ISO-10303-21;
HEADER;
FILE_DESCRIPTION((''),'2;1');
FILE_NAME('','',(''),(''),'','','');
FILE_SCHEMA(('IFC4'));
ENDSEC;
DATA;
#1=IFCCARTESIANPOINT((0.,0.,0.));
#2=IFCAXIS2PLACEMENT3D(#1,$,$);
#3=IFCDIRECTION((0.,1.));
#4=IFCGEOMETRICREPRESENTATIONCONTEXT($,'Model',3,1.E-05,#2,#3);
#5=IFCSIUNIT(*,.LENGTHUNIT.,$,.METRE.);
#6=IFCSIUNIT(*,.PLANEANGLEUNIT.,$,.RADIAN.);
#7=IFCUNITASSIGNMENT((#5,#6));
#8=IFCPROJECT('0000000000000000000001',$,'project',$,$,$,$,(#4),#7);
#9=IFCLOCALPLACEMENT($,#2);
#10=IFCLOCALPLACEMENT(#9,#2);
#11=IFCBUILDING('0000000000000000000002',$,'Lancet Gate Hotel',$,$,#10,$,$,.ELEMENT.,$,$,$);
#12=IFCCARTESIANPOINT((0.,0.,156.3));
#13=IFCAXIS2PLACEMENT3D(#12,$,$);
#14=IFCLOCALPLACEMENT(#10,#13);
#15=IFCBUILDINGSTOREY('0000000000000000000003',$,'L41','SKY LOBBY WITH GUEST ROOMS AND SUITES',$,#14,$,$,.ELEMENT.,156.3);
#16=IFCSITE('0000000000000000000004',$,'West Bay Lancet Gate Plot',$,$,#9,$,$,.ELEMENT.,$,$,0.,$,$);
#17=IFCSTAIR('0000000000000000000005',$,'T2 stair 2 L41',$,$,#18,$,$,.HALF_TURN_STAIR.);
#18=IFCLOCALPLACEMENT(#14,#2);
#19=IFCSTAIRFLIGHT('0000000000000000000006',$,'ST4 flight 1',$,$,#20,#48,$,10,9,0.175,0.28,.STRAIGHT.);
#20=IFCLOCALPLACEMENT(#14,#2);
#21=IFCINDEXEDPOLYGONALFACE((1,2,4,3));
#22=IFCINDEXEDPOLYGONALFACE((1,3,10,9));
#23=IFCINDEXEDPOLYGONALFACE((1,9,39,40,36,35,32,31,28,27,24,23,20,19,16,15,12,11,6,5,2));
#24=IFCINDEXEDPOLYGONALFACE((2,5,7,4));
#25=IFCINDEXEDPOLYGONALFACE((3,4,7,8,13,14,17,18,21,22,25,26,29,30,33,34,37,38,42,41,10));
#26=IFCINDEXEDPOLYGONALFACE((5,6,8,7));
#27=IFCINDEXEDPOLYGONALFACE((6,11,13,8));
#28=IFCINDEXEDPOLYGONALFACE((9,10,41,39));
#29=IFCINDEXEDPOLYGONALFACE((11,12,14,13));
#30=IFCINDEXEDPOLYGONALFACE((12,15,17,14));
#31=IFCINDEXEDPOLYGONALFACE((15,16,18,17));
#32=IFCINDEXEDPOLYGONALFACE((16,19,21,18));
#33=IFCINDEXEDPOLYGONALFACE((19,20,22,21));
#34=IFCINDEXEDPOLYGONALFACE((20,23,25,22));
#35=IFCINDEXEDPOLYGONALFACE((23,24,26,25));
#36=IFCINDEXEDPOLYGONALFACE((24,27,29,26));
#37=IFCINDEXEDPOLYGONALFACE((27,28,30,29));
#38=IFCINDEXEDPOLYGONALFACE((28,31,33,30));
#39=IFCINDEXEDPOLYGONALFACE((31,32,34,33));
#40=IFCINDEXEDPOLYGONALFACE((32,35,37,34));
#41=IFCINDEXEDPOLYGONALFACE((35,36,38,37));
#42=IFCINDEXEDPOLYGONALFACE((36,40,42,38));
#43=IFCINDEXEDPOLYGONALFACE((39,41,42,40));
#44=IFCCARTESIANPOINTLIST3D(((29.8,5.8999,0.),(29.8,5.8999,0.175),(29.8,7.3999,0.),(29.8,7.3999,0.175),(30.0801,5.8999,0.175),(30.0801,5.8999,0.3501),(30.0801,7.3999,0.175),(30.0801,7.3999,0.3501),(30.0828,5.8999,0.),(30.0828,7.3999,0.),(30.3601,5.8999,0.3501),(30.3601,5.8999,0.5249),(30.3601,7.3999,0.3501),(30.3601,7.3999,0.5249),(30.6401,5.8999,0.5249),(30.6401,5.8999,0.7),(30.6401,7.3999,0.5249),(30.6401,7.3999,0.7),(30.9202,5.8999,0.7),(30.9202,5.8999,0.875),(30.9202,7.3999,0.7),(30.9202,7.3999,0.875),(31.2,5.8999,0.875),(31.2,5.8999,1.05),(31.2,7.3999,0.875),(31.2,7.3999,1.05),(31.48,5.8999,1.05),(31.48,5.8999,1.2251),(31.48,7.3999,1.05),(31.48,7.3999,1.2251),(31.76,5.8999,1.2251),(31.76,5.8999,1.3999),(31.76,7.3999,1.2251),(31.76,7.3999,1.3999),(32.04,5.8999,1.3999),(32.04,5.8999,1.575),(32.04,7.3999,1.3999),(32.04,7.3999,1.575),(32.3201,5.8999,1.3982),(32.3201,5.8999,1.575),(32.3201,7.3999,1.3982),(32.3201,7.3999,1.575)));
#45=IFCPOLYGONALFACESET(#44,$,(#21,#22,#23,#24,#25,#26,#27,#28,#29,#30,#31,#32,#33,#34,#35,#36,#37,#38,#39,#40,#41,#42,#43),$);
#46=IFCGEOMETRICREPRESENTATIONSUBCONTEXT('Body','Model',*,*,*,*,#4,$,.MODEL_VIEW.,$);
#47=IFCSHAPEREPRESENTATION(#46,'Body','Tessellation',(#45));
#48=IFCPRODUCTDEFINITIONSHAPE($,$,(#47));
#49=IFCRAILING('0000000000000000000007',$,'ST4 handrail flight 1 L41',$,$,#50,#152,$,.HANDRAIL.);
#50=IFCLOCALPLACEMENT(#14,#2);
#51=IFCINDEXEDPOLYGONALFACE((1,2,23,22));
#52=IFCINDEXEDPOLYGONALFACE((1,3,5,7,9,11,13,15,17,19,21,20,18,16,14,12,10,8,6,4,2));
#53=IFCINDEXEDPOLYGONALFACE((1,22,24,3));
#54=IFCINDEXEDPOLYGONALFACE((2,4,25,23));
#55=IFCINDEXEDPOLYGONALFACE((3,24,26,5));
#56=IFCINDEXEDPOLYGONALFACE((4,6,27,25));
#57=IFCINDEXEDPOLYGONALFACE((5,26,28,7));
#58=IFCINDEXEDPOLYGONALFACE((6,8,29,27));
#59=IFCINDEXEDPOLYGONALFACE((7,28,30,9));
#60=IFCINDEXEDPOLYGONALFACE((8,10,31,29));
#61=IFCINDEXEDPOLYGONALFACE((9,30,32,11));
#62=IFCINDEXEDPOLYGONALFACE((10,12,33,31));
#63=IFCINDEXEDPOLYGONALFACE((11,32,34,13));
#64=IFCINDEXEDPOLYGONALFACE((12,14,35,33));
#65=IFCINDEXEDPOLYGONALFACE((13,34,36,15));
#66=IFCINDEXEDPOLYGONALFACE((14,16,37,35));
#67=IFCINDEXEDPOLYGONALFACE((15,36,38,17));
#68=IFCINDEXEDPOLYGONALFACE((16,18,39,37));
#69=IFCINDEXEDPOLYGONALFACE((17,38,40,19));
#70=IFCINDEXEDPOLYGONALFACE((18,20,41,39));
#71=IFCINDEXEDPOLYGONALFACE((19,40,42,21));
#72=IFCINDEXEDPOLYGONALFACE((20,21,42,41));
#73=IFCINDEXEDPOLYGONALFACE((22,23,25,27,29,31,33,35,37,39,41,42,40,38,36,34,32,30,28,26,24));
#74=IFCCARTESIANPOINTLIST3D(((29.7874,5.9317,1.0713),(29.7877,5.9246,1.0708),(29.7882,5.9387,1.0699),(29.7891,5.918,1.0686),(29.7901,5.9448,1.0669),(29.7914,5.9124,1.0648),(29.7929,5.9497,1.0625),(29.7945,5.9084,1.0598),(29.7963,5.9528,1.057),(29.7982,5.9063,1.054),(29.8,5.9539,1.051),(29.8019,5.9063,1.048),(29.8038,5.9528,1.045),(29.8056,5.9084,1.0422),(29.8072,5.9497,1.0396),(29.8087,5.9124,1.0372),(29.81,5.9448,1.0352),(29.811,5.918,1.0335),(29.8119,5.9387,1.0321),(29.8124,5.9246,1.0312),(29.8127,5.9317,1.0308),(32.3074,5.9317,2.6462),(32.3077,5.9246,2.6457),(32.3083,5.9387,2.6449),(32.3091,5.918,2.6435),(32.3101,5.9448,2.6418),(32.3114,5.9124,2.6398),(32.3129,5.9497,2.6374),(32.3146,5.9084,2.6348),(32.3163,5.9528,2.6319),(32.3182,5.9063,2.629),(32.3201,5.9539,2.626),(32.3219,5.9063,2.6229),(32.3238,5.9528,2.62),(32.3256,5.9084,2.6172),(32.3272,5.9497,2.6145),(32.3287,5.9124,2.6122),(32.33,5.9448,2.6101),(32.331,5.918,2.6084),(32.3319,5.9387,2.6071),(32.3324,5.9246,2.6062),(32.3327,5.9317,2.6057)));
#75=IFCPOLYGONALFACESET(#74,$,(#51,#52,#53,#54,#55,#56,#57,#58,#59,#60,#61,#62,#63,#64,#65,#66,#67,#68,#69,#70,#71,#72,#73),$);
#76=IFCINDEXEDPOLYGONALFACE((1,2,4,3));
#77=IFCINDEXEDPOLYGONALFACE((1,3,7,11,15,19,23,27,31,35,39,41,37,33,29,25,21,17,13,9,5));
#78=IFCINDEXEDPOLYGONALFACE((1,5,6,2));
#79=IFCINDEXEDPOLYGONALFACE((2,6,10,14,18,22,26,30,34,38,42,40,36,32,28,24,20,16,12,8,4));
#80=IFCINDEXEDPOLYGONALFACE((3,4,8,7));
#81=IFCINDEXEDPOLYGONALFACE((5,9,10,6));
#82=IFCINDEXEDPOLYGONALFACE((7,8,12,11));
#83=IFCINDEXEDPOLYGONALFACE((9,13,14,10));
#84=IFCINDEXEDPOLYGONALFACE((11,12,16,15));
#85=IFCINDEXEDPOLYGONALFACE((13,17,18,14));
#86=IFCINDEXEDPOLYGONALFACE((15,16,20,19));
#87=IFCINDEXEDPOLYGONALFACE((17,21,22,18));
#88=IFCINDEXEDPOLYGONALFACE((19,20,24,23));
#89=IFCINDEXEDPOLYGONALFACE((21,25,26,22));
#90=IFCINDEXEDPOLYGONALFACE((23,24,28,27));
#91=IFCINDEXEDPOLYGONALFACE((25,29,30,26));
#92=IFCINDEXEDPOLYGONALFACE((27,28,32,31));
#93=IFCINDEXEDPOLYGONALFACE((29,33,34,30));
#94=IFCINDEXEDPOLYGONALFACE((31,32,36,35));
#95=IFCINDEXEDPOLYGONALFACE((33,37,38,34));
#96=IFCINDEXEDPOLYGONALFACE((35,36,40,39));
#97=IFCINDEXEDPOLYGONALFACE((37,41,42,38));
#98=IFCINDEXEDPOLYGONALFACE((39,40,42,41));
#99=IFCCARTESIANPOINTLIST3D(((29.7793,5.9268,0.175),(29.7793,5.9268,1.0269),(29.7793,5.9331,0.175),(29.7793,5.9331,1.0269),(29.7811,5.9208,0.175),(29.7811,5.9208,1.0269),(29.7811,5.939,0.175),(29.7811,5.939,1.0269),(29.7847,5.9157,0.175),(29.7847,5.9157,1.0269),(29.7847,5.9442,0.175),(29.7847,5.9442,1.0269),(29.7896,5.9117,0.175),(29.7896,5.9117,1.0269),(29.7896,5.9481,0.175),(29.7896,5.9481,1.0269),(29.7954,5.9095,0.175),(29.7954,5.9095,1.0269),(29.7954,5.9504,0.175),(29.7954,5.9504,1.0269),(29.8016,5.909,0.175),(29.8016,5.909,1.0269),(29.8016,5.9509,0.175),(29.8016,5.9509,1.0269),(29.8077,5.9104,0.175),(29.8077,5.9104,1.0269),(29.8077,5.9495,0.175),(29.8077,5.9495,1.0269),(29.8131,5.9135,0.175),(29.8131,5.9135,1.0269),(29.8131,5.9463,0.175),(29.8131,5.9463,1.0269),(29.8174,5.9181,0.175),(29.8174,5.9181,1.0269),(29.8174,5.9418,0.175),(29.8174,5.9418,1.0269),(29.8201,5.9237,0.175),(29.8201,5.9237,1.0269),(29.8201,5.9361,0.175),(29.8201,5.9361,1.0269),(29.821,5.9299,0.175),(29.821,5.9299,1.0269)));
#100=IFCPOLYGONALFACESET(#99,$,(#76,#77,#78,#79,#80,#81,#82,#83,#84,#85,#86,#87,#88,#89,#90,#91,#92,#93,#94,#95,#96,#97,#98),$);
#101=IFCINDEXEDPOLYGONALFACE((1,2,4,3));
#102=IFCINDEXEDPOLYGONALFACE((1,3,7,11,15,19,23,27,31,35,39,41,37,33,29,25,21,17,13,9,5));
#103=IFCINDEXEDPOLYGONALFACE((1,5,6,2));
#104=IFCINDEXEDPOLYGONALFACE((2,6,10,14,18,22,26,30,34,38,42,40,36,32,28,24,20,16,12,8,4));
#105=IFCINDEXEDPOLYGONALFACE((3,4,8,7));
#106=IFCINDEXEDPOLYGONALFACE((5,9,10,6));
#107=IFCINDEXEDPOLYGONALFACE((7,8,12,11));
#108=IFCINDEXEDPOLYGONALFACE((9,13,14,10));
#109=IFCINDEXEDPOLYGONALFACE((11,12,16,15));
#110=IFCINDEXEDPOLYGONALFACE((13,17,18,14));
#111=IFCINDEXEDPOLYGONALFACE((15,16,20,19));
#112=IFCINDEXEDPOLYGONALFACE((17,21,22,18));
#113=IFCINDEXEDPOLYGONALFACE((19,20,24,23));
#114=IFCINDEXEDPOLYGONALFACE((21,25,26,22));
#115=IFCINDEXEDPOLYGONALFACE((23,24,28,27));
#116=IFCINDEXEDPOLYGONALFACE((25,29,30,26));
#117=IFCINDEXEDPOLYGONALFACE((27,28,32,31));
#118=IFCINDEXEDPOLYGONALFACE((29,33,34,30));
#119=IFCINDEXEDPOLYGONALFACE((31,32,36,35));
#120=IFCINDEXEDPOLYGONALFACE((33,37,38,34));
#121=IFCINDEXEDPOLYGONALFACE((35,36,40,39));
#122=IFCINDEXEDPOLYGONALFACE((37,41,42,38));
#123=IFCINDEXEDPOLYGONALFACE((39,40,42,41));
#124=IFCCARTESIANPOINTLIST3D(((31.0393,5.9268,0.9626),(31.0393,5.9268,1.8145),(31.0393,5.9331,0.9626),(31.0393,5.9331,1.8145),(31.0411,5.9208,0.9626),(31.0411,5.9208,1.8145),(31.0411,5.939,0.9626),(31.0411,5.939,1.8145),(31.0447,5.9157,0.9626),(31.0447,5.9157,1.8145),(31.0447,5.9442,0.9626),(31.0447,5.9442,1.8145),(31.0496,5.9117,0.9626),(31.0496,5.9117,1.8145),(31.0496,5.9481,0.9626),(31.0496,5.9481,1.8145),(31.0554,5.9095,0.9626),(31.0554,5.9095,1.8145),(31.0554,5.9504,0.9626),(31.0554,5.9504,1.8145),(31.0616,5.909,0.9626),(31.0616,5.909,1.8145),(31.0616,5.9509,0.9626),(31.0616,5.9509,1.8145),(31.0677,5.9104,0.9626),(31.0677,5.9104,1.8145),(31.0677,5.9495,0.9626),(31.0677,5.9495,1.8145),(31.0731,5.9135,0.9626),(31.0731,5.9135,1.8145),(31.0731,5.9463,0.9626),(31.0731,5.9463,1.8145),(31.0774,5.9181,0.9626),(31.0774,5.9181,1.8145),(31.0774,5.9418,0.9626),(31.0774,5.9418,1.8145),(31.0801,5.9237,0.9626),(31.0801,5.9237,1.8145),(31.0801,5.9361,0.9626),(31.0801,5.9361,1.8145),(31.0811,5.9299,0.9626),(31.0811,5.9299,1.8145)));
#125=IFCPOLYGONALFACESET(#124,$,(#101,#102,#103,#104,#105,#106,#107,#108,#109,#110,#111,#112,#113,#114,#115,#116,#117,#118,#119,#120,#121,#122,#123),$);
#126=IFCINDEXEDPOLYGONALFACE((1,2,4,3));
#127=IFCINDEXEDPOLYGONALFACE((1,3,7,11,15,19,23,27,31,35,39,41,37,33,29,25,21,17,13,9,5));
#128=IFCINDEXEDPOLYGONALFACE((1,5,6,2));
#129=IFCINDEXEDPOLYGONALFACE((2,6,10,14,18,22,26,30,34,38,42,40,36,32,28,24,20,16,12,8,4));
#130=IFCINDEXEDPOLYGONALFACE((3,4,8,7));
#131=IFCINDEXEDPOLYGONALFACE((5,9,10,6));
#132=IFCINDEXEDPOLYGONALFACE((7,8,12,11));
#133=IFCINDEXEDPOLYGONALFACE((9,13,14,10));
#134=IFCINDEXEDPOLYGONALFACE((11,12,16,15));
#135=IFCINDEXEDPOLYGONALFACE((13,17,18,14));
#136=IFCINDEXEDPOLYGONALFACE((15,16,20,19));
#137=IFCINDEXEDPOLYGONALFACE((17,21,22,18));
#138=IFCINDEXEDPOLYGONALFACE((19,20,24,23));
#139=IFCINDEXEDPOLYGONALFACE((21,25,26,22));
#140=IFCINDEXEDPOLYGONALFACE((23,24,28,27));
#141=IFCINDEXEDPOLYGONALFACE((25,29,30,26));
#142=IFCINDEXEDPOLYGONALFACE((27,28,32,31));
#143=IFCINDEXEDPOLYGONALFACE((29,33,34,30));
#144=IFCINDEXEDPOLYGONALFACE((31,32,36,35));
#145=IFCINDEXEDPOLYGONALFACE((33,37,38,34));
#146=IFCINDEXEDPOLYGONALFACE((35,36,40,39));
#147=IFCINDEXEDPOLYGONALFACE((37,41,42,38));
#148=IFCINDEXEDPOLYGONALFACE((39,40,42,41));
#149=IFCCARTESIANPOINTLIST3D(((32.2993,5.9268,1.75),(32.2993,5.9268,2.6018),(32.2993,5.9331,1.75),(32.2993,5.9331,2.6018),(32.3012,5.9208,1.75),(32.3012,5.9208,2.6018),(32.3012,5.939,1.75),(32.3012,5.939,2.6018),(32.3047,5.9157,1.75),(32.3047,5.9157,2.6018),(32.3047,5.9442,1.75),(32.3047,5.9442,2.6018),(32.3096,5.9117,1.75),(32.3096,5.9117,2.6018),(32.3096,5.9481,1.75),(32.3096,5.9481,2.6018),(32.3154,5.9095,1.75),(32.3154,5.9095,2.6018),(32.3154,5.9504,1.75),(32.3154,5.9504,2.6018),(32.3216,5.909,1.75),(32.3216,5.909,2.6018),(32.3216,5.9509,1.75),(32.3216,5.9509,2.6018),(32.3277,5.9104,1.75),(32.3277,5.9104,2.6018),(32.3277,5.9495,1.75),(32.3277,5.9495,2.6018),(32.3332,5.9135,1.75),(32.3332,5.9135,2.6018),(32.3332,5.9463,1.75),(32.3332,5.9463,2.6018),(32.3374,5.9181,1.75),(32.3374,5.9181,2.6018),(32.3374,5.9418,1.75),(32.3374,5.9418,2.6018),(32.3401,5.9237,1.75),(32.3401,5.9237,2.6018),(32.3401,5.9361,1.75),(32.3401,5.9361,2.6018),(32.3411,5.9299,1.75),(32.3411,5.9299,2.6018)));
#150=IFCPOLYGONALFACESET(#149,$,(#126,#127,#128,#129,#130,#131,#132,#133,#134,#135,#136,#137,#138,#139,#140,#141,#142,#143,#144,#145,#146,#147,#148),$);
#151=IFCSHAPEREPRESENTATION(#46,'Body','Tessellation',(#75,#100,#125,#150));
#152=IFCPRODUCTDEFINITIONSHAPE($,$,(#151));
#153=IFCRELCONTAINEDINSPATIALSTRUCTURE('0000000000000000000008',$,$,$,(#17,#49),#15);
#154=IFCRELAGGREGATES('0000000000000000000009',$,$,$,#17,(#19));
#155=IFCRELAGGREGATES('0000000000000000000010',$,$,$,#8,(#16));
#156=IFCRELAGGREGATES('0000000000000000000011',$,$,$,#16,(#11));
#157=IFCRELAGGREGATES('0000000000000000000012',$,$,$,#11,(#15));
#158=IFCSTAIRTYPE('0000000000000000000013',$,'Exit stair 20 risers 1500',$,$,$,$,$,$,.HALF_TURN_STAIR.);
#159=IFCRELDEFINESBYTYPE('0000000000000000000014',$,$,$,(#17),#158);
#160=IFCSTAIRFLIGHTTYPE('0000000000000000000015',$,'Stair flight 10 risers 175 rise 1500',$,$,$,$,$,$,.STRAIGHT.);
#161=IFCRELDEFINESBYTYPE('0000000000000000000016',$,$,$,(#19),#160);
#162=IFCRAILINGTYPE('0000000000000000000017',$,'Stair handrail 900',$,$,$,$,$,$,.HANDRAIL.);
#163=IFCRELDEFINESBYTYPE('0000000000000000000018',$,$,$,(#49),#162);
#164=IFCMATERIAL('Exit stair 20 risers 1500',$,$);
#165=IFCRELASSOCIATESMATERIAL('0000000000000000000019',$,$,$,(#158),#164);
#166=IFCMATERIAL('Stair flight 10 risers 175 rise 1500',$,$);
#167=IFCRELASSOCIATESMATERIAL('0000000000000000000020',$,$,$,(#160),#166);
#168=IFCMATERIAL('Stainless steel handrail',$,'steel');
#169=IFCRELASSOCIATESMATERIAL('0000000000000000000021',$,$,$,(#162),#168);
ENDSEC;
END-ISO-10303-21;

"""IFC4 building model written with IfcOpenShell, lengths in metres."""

from ifc_helpers import new_model, si_unit, direction, frame, origin, origin_2d, place, context, subcontext, project, spatial, polyline, circle, outline, extrude, material, type_object, element, aggregate, save


model = new_model("IFC4")

# Units and contexts
model_context = context("Model", 3, precision=1e-05, world=origin(), true_north=direction((0.0, 1.0)))
body_context = subcontext(model_context, "Body", "Model", "MODEL_VIEW")
ifc_project = project(units=[si_unit("LENGTHUNIT", "METRE"), si_unit("PLANEANGLEUNIT", "RADIAN")], contexts=[model_context])

# Site, building, storey
site_placement = place(None, origin())
site = spatial("IfcSite", under=ifc_project, at=site_placement, Name="West Bay Lancet Gate Plot", CompositionType="ELEMENT", RefElevation=0.0)
building_placement = place(site_placement, origin())
building = spatial("IfcBuilding", under=site, at=building_placement, Name="Lancet Gate Hotel", CompositionType="ELEMENT")
storey_placement = place(building_placement, frame((0.0, 0.0, 156.3)))
storey = spatial("IfcBuildingStorey", under=building, at=storey_placement, Name="L41", Description="SKY LOBBY WITH GUEST ROOMS AND SUITES", CompositionType="ELEMENT", Elevation=156.3)

# Stair
ifc_material_1 = material(Name="Exit stair 20 risers 1500")
stair_type = type_object("IfcStairType", Name="Exit stair 20 risers 1500", PredefinedType="HALF_TURN_STAIR", material=ifc_material_1)
stair_1_placement = place(storey_placement, origin())
stair_1 = element("IfcStair", 1, at=stair_1_placement, inside=storey, type_object=stair_type, Name="T2 stair 2 L41", PredefinedType="HALF_TURN_STAIR")

# Stair flight
ifc_material_2 = material(Name="Stair flight 10 risers 175 rise 1500")
stair_flight_type = type_object("IfcStairFlightType", Name="Stair flight 10 risers 175 rise 1500", PredefinedType="STRAIGHT", material=ifc_material_2)
stair_flight_placement = place(storey_placement, frame((29.8, 6.6499, 0.0), z_axis=(0.0, 0.0, 1.0), x_axis=(1.0, 0.0, 0.0)))
stair_flight = element("IfcStairFlight", 2, at=stair_flight_placement, type_object=stair_flight_type, Name="ST4 flight 1", NumberOfRisers=10, NumberOfTreads=9, PredefinedType="STRAIGHT", RiserHeight=0.175, TreadLength=0.28, context=body_context, shape_type="SweptSolid", body=[
    extrude(outline(polyline([(0.0, 0.0), (0.0, 0.175), (0.28, 0.175), (0.28, 0.3501), (0.5601, 0.3501), (0.5601, 0.5249), (0.8401, 0.5249), (0.8401, 0.7), (1.1201, 0.7), (1.1201, 0.875), (1.3999, 0.875), (1.3999, 1.05), (1.6799, 1.05), (1.6799, 1.2251), (1.96, 1.2251), (1.96, 1.3999), (2.24, 1.3999), (2.24, 1.575), (2.52, 1.575), (2.52, 1.75), (2.52, 1.3982), (0.2827, 0.0), (0.0, 0.0)])), frame((0.0, 0.75, 0.0), z_axis=(0.0, -1.0, 0.0), x_axis=(1.0, 0.0, 0.0)), (0.0, 0.0, 1.0), 1.5),
])
aggregate(stair_1, [stair_flight])

# Railing
ifc_material_3 = material(Name="Stainless steel handrail", Category="steel")
railing_type = type_object("IfcRailingType", Name="Stair handrail 900", PredefinedType="HANDRAIL", material=ifc_material_3)
railing_placement = place(storey_placement, frame((29.8, 5.9299, 0.175)))
element("IfcRailing", 3, at=railing_placement, inside=storey, type_object=railing_type, Name="ST4 handrail flight 1 L41", PredefinedType="HANDRAIL", context=body_context, shape_type="SweptSolid", body=[
    extrude(circle(Radius=0.0239, at=origin_2d()), frame((0.0, 0.0, 0.876), z_axis=(0.848008, 0.0, 0.529984), x_axis=(0.0, 1.0, 0.0)), (0.0, 0.0, 1.0), 2.9717),
    extrude(circle(Radius=0.021, at=origin_2d()), origin(), (0.0, 0.0, 1.0), 0.8518),
    extrude(circle(Radius=0.021, at=origin_2d()), frame((1.26, 0.0, 0.7876)), (0.0, 0.0, 1.0), 0.8518),
    extrude(circle(Radius=0.021, at=origin_2d()), frame((2.52, 0.0, 1.575)), (0.0, 0.0, 1.0), 0.8518),
])

save(model, "model.ifc")
